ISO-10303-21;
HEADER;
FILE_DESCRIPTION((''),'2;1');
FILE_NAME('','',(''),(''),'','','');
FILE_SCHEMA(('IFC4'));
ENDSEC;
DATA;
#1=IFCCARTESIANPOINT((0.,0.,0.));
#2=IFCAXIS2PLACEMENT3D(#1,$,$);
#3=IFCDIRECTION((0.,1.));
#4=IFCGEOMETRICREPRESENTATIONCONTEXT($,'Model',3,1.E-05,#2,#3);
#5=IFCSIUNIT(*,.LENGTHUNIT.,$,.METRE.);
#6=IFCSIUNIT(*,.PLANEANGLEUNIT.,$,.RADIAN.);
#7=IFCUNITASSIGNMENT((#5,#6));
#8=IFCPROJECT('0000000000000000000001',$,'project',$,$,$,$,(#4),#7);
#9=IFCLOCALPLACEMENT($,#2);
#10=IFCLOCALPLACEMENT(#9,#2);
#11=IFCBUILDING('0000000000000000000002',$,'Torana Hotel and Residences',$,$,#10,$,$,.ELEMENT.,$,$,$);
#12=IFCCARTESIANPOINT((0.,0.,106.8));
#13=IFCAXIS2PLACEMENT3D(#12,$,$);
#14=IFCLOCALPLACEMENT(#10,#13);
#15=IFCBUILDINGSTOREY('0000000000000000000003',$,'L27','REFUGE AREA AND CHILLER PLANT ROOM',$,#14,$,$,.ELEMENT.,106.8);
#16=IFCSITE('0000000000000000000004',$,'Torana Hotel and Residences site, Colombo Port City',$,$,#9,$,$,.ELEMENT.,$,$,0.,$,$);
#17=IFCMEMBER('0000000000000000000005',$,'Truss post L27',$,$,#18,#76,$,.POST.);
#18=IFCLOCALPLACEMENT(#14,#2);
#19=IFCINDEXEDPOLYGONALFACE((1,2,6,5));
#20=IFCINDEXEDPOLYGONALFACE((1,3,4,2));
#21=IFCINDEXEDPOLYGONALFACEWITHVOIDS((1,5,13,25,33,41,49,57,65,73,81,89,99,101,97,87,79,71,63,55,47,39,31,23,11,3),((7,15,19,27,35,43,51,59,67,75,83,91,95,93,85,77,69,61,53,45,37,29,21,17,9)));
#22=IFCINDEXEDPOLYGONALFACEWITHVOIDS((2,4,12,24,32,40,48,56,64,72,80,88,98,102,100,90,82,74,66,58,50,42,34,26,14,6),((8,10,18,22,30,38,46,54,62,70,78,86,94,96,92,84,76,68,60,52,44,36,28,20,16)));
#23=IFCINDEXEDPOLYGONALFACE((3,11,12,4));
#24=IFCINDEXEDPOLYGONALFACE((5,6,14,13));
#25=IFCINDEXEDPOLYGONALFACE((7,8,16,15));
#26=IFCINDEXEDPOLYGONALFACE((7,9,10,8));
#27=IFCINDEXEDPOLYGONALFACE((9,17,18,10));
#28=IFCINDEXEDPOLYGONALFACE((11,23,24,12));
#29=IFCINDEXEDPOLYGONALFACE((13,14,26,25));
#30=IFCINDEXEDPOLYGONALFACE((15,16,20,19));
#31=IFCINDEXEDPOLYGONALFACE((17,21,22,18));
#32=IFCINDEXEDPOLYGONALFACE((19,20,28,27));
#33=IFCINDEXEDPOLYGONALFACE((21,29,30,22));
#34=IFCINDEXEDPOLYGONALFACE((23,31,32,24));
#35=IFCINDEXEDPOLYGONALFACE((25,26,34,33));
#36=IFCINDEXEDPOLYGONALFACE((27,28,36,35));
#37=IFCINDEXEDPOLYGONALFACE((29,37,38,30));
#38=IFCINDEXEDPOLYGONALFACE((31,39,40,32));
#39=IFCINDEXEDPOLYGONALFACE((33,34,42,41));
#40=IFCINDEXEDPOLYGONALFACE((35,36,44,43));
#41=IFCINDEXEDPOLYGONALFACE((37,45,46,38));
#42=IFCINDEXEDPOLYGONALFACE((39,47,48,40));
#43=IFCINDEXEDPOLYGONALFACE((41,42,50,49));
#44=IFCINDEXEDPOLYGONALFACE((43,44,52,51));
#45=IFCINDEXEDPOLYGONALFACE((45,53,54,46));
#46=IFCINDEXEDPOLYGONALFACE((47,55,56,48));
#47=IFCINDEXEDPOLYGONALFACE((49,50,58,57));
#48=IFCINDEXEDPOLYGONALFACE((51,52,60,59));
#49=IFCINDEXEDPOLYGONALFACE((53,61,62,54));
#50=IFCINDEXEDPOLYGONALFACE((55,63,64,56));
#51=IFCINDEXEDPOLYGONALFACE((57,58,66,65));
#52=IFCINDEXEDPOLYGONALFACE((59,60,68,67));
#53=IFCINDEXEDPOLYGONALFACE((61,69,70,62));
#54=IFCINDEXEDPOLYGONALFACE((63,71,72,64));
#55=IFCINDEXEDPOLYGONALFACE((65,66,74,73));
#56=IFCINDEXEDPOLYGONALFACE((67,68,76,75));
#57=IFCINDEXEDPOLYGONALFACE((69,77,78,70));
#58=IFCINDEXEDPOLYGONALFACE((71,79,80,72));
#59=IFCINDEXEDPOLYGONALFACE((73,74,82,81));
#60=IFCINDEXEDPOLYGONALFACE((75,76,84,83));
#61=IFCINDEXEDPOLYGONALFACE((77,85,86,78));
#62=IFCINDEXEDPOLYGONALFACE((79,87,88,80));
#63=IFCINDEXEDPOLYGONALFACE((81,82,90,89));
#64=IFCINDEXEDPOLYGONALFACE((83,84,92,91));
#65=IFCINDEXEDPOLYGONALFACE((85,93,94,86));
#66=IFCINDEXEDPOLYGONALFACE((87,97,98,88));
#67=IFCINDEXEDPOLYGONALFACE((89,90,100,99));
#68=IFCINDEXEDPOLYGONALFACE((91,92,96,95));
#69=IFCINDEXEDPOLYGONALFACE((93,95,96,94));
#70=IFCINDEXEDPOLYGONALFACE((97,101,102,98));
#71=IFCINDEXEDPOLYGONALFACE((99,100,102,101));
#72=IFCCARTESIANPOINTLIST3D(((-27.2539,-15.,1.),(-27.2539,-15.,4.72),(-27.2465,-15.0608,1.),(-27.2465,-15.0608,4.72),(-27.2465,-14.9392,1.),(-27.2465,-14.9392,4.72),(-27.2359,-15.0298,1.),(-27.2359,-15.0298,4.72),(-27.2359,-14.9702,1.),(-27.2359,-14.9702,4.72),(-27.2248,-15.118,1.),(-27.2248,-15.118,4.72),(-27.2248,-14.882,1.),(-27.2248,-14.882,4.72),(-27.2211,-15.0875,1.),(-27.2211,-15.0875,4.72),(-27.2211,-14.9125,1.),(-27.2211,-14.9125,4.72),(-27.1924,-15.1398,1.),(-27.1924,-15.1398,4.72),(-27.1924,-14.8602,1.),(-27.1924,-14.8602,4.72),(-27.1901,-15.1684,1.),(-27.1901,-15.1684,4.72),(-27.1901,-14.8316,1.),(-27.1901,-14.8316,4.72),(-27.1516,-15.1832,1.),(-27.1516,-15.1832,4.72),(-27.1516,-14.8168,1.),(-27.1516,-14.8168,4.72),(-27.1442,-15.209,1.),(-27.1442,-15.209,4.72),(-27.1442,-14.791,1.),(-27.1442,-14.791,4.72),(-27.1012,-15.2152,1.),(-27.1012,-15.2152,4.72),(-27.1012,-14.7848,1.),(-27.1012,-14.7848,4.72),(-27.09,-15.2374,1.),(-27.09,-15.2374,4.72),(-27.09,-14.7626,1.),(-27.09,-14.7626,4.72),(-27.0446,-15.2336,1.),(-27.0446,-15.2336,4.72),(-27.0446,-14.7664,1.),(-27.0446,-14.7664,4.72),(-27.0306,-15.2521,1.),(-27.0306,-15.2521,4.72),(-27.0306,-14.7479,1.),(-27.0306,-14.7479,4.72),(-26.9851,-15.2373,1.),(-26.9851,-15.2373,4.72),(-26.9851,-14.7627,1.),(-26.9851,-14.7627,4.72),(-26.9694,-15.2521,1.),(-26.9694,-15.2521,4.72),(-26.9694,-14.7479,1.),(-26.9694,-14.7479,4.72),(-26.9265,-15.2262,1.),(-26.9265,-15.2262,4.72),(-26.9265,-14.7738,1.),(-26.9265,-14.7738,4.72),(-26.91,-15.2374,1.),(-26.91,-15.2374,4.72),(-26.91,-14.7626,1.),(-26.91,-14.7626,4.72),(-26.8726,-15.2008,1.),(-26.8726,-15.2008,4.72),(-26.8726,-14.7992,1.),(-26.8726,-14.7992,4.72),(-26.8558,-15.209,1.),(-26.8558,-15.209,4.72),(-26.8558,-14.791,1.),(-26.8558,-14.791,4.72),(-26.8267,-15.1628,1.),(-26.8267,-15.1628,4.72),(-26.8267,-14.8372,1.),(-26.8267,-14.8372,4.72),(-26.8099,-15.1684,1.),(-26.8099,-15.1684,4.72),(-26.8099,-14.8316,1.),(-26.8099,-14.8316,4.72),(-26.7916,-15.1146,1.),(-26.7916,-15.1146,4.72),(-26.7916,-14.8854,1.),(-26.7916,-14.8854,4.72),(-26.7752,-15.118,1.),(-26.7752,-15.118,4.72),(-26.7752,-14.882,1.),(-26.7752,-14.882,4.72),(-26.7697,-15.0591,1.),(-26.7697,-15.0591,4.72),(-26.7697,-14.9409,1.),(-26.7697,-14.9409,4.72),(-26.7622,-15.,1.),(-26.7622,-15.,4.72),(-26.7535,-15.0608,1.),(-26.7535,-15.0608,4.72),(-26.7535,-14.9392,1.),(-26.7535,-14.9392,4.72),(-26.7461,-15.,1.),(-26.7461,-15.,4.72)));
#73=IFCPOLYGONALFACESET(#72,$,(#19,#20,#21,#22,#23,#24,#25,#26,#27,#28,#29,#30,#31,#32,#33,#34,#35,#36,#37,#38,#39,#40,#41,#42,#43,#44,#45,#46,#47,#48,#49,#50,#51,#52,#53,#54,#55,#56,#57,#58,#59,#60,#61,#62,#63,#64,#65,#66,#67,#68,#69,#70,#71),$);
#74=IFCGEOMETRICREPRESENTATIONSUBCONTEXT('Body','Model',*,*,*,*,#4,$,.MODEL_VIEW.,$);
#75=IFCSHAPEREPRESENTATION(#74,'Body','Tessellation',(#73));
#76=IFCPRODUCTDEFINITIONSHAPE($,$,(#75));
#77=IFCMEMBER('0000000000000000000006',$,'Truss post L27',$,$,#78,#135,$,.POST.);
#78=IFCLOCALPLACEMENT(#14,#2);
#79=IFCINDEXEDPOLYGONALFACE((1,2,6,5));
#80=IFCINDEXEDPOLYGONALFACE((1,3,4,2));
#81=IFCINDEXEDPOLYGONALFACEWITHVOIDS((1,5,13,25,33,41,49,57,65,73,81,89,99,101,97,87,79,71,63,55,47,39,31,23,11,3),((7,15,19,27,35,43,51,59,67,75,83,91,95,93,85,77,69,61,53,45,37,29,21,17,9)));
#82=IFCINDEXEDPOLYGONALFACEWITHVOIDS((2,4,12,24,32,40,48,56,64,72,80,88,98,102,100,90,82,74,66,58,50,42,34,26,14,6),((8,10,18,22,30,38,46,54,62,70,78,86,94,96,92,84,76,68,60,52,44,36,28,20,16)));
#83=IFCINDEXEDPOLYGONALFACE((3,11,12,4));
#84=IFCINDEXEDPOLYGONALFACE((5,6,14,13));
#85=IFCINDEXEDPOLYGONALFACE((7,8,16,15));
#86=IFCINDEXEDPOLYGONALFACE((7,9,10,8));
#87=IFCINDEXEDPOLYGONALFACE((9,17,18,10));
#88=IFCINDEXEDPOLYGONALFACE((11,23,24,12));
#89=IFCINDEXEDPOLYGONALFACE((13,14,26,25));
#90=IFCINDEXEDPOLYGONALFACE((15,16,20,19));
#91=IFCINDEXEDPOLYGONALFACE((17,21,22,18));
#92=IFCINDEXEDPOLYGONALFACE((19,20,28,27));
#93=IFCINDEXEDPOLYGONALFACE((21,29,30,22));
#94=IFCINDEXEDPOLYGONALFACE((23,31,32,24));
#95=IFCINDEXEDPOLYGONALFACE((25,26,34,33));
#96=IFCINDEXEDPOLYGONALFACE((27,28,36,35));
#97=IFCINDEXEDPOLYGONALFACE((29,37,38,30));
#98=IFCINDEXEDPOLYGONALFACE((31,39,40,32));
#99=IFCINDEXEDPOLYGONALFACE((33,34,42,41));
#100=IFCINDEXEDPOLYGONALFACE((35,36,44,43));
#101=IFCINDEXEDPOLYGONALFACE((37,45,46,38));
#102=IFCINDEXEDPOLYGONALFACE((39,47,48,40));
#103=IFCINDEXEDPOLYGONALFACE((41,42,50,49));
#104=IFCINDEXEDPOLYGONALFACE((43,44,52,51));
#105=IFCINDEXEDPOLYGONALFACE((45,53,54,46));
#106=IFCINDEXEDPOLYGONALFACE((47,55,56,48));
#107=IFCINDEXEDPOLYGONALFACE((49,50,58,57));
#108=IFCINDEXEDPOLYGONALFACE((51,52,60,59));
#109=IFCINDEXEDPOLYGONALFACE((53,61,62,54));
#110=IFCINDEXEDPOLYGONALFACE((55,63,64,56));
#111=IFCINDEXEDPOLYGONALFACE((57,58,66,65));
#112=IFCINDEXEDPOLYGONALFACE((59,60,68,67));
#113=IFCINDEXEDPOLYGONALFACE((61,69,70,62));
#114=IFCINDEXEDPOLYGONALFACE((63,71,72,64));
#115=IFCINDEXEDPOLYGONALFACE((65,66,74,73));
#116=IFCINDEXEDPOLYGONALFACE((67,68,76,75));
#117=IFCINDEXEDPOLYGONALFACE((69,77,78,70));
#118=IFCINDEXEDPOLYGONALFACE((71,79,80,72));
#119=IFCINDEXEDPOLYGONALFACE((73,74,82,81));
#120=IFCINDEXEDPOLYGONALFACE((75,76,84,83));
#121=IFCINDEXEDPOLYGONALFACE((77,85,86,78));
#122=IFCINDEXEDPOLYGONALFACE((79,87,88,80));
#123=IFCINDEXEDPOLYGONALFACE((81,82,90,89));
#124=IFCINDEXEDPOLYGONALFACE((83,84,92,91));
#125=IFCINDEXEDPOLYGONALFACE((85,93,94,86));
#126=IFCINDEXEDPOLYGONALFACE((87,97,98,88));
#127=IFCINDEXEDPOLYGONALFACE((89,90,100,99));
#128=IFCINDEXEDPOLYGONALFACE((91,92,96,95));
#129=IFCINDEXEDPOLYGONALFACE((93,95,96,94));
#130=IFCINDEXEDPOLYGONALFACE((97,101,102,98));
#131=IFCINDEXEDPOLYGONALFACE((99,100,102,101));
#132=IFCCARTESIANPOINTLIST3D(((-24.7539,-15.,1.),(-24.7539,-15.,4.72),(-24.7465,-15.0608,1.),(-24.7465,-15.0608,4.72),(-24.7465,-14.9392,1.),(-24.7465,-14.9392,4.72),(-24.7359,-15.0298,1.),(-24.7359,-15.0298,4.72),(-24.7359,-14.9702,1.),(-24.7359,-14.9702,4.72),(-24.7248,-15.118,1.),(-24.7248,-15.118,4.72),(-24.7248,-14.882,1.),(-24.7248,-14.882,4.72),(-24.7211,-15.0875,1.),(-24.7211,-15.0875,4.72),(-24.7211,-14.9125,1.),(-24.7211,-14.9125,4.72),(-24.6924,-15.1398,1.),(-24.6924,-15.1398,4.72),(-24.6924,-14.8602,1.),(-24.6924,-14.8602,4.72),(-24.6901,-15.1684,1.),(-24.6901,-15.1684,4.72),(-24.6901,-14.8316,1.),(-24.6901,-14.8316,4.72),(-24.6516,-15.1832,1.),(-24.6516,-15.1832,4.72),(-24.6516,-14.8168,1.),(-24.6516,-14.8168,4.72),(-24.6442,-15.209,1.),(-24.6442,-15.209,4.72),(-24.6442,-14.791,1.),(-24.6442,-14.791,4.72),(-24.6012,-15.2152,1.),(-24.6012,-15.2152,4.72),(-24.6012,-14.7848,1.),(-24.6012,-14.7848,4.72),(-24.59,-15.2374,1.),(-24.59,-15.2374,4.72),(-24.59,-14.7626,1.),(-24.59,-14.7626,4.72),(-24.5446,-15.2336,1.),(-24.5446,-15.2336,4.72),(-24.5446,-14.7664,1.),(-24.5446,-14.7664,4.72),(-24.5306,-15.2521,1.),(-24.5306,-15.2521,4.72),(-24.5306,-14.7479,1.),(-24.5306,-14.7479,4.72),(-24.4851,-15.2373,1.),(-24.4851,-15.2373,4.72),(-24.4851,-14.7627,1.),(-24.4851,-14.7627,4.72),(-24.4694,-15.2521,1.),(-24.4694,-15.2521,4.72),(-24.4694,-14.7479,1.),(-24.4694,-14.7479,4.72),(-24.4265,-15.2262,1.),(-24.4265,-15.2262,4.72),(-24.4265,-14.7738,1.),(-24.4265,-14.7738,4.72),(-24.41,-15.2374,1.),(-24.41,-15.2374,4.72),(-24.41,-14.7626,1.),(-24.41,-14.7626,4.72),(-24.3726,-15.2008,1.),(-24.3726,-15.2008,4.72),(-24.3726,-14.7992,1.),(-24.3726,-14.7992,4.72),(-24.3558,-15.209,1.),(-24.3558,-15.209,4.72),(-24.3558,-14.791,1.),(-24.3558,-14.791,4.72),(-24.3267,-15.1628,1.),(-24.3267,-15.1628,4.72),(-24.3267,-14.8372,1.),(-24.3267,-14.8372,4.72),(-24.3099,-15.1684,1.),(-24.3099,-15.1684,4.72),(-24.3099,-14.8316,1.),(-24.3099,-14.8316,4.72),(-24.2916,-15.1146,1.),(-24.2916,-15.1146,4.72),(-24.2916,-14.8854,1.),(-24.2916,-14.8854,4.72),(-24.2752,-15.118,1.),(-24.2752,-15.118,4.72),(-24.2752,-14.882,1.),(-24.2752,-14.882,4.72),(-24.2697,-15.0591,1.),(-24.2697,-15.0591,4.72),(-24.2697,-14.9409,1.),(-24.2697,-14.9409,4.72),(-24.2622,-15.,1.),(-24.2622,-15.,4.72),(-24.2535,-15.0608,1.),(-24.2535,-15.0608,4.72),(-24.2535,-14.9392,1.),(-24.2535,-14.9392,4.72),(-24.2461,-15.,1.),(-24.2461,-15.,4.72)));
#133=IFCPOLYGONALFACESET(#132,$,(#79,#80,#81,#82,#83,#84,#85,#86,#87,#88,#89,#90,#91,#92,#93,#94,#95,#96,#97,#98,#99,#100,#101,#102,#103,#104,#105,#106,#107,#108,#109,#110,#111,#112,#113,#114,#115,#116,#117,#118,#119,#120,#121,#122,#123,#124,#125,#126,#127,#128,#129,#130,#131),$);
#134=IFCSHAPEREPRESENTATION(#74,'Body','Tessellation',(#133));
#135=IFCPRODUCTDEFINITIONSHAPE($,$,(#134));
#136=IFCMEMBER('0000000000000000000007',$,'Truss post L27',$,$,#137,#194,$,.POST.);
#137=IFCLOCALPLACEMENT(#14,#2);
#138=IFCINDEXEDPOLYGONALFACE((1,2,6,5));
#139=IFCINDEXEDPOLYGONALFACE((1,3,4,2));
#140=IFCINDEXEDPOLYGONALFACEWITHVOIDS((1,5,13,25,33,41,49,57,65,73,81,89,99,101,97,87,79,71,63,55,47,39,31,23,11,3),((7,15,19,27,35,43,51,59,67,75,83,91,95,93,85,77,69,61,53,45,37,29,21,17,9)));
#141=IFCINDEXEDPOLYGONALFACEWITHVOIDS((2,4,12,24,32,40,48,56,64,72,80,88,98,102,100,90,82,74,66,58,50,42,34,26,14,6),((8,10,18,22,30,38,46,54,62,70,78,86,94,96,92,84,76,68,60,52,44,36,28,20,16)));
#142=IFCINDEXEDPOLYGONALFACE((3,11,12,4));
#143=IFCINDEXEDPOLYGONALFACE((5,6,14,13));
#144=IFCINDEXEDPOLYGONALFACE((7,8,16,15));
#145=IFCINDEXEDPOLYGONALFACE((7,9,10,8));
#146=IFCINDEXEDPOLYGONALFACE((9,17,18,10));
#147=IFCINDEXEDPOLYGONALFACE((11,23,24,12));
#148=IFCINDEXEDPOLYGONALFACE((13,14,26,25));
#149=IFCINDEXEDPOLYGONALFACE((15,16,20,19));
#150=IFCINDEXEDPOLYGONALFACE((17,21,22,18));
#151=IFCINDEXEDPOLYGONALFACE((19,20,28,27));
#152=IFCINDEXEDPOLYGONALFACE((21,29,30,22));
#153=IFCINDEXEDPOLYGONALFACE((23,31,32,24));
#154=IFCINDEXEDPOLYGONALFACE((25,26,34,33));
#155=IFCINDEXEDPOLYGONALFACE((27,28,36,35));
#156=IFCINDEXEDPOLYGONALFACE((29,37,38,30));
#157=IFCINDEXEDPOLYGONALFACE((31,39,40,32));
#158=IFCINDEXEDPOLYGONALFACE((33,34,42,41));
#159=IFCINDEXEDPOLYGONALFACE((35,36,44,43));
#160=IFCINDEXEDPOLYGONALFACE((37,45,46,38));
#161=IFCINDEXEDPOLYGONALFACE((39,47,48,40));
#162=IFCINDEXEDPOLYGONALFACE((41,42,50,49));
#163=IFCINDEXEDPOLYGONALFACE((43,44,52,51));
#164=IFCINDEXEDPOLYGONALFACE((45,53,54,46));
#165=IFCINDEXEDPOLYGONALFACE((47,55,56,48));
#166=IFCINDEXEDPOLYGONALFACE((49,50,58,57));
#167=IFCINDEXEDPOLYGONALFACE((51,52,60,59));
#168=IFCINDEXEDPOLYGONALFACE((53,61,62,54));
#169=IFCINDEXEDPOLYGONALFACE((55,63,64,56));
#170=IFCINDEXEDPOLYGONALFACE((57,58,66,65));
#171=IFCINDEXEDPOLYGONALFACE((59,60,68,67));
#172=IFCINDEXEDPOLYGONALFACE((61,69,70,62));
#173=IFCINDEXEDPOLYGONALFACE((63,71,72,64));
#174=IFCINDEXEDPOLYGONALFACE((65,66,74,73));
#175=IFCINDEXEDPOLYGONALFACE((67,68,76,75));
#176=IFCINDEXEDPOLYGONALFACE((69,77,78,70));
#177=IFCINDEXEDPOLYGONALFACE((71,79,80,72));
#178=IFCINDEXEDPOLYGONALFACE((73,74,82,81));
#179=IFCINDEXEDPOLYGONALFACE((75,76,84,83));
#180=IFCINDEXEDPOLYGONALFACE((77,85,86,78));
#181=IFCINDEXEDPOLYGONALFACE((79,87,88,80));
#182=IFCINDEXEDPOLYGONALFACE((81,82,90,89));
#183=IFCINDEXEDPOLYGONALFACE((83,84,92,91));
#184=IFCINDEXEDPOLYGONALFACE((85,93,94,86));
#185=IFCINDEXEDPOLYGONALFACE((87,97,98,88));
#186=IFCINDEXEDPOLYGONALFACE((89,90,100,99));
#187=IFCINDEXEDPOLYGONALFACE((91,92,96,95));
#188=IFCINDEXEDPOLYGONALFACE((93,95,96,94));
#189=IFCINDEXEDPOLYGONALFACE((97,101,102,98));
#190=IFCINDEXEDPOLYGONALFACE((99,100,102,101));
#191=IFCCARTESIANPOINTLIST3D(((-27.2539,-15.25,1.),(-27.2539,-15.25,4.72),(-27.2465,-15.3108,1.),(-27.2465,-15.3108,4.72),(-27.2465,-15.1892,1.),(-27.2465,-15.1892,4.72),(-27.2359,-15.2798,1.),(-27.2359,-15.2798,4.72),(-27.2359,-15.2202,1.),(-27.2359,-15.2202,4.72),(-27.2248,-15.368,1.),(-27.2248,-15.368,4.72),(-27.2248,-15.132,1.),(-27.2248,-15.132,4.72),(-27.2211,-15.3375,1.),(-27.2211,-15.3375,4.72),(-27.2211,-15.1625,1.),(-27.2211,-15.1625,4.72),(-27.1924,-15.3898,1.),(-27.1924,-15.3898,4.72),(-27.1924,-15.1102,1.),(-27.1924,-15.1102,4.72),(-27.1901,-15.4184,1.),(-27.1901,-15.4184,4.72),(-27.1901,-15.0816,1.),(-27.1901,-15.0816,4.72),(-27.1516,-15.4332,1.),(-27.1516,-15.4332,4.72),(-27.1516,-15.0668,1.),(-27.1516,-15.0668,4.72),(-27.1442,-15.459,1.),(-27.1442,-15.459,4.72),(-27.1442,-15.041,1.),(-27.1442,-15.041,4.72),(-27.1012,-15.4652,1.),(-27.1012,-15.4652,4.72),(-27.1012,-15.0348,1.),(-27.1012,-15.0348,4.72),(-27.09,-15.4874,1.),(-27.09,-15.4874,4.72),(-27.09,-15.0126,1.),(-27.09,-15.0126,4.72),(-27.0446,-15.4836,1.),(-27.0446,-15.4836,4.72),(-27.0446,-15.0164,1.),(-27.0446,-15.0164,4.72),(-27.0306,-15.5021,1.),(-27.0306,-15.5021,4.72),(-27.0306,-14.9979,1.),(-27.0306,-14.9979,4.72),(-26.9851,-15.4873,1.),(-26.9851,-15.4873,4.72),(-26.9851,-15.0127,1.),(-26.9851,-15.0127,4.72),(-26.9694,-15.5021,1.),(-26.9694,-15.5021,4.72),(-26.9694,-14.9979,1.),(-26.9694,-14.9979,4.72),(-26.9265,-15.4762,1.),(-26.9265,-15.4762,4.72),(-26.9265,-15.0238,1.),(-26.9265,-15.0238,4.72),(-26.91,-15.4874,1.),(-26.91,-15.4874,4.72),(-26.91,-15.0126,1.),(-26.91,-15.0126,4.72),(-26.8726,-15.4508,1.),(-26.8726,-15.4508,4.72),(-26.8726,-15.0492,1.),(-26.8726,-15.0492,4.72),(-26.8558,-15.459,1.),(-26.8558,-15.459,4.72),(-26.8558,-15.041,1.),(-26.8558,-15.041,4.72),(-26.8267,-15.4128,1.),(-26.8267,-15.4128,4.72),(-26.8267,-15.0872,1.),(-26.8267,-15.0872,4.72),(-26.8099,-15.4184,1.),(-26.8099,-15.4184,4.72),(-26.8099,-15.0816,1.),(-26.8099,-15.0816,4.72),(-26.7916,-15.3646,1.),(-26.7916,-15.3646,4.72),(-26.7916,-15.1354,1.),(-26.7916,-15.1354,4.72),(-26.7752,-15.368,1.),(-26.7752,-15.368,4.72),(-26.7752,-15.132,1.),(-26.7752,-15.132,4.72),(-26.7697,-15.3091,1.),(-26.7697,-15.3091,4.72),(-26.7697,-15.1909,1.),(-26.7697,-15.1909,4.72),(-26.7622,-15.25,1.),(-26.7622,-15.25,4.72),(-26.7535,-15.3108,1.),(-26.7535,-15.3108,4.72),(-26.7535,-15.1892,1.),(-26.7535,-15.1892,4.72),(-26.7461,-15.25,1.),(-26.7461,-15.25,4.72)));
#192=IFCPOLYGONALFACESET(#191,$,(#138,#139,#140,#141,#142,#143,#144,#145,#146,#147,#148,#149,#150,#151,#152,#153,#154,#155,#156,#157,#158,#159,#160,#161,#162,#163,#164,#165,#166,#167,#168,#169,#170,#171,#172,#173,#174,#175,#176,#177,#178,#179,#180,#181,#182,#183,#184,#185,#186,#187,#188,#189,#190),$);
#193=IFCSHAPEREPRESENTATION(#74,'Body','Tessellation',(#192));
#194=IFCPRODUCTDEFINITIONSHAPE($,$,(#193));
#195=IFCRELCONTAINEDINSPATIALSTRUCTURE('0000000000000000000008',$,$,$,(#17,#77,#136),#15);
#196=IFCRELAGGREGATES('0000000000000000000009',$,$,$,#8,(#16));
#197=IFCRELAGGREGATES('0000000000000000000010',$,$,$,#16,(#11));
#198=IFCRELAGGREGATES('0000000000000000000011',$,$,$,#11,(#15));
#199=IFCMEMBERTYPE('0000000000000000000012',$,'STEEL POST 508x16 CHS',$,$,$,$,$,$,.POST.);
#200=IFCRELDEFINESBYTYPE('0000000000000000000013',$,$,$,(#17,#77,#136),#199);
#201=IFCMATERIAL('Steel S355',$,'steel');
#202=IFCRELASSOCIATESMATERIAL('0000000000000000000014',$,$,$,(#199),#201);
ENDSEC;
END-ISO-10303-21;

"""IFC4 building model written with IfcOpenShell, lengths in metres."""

from ifc_helpers import new_model, si_unit, direction, frame, origin, origin_2d, place, context, subcontext, project, spatial, hollow_circle, extrude, material, material_profile, profile_set, type_object, element, save


model = new_model("IFC4")

# Units and contexts
model_context = context("Model", 3, precision=1e-05, world=origin(), true_north=direction((0.0, 1.0)))
body_context = subcontext(model_context, "Body", "Model", "MODEL_VIEW")
ifc_project = project(units=[si_unit("LENGTHUNIT", "METRE"), si_unit("PLANEANGLEUNIT", "RADIAN")], contexts=[model_context])

# Site, building, storey
site_placement = place(None, origin())
site = spatial("IfcSite", under=ifc_project, at=site_placement, Name="Torana Hotel and Residences site, Colombo Port City", CompositionType="ELEMENT", RefElevation=0.0)
building_placement = place(site_placement, origin())
building = spatial("IfcBuilding", under=site, at=building_placement, Name="Torana Hotel and Residences", CompositionType="ELEMENT")
storey_placement = place(building_placement, frame((0.0, 0.0, 106.8)))
storey = spatial("IfcBuildingStorey", under=building, at=storey_placement, Name="L27", Description="REFUGE AREA AND CHILLER PLANT ROOM", CompositionType="ELEMENT", Elevation=106.8)

# Members
ifc_material_1 = material(Name="Steel S355", Category="steel")
ifc_material_profile_1 = material_profile(ifc_material_1, hollow_circle(Radius=0.2539, WallThickness=0.0161, at=origin_2d()), Name="508x16 CHS")
ifc_profile_set_1 = profile_set([ifc_material_profile_1], Name="Steel S355")
member_type_1 = type_object("IfcMemberType", Name="STEEL POST 508x16 CHS", PredefinedType="POST", material=ifc_profile_set_1)
for number, where, z_axis, x_axis, name in (
    (1, (-27.0, -15.0, 1.0), (0.0, 0.0, 1.0), (1.0, 0.0, 0.0), "Truss post L27"),
    (2, (-24.5, -15.0, 1.0), (0.0, 0.0, 1.0), (1.0, 0.0, 0.0), "Truss post L27"),
    (3, (-27.0, -15.25, 1.0), (0.0, 0.0, 1.0), (1.0, 0.0, 0.0), "Truss post L27"),
):
    element("IfcMember", number, at=place(storey_placement, frame(where, z_axis=z_axis, x_axis=x_axis)), inside=storey, type_object=member_type_1, Name=name, PredefinedType="POST", context=body_context, shape_type="SweptSolid", body=[
        extrude(hollow_circle(Radius=0.2539, WallThickness=0.0161, at=origin_2d()), origin(), (0.0, 0.0, 1.0), 3.72),
    ])

save(model, "model.ifc")
